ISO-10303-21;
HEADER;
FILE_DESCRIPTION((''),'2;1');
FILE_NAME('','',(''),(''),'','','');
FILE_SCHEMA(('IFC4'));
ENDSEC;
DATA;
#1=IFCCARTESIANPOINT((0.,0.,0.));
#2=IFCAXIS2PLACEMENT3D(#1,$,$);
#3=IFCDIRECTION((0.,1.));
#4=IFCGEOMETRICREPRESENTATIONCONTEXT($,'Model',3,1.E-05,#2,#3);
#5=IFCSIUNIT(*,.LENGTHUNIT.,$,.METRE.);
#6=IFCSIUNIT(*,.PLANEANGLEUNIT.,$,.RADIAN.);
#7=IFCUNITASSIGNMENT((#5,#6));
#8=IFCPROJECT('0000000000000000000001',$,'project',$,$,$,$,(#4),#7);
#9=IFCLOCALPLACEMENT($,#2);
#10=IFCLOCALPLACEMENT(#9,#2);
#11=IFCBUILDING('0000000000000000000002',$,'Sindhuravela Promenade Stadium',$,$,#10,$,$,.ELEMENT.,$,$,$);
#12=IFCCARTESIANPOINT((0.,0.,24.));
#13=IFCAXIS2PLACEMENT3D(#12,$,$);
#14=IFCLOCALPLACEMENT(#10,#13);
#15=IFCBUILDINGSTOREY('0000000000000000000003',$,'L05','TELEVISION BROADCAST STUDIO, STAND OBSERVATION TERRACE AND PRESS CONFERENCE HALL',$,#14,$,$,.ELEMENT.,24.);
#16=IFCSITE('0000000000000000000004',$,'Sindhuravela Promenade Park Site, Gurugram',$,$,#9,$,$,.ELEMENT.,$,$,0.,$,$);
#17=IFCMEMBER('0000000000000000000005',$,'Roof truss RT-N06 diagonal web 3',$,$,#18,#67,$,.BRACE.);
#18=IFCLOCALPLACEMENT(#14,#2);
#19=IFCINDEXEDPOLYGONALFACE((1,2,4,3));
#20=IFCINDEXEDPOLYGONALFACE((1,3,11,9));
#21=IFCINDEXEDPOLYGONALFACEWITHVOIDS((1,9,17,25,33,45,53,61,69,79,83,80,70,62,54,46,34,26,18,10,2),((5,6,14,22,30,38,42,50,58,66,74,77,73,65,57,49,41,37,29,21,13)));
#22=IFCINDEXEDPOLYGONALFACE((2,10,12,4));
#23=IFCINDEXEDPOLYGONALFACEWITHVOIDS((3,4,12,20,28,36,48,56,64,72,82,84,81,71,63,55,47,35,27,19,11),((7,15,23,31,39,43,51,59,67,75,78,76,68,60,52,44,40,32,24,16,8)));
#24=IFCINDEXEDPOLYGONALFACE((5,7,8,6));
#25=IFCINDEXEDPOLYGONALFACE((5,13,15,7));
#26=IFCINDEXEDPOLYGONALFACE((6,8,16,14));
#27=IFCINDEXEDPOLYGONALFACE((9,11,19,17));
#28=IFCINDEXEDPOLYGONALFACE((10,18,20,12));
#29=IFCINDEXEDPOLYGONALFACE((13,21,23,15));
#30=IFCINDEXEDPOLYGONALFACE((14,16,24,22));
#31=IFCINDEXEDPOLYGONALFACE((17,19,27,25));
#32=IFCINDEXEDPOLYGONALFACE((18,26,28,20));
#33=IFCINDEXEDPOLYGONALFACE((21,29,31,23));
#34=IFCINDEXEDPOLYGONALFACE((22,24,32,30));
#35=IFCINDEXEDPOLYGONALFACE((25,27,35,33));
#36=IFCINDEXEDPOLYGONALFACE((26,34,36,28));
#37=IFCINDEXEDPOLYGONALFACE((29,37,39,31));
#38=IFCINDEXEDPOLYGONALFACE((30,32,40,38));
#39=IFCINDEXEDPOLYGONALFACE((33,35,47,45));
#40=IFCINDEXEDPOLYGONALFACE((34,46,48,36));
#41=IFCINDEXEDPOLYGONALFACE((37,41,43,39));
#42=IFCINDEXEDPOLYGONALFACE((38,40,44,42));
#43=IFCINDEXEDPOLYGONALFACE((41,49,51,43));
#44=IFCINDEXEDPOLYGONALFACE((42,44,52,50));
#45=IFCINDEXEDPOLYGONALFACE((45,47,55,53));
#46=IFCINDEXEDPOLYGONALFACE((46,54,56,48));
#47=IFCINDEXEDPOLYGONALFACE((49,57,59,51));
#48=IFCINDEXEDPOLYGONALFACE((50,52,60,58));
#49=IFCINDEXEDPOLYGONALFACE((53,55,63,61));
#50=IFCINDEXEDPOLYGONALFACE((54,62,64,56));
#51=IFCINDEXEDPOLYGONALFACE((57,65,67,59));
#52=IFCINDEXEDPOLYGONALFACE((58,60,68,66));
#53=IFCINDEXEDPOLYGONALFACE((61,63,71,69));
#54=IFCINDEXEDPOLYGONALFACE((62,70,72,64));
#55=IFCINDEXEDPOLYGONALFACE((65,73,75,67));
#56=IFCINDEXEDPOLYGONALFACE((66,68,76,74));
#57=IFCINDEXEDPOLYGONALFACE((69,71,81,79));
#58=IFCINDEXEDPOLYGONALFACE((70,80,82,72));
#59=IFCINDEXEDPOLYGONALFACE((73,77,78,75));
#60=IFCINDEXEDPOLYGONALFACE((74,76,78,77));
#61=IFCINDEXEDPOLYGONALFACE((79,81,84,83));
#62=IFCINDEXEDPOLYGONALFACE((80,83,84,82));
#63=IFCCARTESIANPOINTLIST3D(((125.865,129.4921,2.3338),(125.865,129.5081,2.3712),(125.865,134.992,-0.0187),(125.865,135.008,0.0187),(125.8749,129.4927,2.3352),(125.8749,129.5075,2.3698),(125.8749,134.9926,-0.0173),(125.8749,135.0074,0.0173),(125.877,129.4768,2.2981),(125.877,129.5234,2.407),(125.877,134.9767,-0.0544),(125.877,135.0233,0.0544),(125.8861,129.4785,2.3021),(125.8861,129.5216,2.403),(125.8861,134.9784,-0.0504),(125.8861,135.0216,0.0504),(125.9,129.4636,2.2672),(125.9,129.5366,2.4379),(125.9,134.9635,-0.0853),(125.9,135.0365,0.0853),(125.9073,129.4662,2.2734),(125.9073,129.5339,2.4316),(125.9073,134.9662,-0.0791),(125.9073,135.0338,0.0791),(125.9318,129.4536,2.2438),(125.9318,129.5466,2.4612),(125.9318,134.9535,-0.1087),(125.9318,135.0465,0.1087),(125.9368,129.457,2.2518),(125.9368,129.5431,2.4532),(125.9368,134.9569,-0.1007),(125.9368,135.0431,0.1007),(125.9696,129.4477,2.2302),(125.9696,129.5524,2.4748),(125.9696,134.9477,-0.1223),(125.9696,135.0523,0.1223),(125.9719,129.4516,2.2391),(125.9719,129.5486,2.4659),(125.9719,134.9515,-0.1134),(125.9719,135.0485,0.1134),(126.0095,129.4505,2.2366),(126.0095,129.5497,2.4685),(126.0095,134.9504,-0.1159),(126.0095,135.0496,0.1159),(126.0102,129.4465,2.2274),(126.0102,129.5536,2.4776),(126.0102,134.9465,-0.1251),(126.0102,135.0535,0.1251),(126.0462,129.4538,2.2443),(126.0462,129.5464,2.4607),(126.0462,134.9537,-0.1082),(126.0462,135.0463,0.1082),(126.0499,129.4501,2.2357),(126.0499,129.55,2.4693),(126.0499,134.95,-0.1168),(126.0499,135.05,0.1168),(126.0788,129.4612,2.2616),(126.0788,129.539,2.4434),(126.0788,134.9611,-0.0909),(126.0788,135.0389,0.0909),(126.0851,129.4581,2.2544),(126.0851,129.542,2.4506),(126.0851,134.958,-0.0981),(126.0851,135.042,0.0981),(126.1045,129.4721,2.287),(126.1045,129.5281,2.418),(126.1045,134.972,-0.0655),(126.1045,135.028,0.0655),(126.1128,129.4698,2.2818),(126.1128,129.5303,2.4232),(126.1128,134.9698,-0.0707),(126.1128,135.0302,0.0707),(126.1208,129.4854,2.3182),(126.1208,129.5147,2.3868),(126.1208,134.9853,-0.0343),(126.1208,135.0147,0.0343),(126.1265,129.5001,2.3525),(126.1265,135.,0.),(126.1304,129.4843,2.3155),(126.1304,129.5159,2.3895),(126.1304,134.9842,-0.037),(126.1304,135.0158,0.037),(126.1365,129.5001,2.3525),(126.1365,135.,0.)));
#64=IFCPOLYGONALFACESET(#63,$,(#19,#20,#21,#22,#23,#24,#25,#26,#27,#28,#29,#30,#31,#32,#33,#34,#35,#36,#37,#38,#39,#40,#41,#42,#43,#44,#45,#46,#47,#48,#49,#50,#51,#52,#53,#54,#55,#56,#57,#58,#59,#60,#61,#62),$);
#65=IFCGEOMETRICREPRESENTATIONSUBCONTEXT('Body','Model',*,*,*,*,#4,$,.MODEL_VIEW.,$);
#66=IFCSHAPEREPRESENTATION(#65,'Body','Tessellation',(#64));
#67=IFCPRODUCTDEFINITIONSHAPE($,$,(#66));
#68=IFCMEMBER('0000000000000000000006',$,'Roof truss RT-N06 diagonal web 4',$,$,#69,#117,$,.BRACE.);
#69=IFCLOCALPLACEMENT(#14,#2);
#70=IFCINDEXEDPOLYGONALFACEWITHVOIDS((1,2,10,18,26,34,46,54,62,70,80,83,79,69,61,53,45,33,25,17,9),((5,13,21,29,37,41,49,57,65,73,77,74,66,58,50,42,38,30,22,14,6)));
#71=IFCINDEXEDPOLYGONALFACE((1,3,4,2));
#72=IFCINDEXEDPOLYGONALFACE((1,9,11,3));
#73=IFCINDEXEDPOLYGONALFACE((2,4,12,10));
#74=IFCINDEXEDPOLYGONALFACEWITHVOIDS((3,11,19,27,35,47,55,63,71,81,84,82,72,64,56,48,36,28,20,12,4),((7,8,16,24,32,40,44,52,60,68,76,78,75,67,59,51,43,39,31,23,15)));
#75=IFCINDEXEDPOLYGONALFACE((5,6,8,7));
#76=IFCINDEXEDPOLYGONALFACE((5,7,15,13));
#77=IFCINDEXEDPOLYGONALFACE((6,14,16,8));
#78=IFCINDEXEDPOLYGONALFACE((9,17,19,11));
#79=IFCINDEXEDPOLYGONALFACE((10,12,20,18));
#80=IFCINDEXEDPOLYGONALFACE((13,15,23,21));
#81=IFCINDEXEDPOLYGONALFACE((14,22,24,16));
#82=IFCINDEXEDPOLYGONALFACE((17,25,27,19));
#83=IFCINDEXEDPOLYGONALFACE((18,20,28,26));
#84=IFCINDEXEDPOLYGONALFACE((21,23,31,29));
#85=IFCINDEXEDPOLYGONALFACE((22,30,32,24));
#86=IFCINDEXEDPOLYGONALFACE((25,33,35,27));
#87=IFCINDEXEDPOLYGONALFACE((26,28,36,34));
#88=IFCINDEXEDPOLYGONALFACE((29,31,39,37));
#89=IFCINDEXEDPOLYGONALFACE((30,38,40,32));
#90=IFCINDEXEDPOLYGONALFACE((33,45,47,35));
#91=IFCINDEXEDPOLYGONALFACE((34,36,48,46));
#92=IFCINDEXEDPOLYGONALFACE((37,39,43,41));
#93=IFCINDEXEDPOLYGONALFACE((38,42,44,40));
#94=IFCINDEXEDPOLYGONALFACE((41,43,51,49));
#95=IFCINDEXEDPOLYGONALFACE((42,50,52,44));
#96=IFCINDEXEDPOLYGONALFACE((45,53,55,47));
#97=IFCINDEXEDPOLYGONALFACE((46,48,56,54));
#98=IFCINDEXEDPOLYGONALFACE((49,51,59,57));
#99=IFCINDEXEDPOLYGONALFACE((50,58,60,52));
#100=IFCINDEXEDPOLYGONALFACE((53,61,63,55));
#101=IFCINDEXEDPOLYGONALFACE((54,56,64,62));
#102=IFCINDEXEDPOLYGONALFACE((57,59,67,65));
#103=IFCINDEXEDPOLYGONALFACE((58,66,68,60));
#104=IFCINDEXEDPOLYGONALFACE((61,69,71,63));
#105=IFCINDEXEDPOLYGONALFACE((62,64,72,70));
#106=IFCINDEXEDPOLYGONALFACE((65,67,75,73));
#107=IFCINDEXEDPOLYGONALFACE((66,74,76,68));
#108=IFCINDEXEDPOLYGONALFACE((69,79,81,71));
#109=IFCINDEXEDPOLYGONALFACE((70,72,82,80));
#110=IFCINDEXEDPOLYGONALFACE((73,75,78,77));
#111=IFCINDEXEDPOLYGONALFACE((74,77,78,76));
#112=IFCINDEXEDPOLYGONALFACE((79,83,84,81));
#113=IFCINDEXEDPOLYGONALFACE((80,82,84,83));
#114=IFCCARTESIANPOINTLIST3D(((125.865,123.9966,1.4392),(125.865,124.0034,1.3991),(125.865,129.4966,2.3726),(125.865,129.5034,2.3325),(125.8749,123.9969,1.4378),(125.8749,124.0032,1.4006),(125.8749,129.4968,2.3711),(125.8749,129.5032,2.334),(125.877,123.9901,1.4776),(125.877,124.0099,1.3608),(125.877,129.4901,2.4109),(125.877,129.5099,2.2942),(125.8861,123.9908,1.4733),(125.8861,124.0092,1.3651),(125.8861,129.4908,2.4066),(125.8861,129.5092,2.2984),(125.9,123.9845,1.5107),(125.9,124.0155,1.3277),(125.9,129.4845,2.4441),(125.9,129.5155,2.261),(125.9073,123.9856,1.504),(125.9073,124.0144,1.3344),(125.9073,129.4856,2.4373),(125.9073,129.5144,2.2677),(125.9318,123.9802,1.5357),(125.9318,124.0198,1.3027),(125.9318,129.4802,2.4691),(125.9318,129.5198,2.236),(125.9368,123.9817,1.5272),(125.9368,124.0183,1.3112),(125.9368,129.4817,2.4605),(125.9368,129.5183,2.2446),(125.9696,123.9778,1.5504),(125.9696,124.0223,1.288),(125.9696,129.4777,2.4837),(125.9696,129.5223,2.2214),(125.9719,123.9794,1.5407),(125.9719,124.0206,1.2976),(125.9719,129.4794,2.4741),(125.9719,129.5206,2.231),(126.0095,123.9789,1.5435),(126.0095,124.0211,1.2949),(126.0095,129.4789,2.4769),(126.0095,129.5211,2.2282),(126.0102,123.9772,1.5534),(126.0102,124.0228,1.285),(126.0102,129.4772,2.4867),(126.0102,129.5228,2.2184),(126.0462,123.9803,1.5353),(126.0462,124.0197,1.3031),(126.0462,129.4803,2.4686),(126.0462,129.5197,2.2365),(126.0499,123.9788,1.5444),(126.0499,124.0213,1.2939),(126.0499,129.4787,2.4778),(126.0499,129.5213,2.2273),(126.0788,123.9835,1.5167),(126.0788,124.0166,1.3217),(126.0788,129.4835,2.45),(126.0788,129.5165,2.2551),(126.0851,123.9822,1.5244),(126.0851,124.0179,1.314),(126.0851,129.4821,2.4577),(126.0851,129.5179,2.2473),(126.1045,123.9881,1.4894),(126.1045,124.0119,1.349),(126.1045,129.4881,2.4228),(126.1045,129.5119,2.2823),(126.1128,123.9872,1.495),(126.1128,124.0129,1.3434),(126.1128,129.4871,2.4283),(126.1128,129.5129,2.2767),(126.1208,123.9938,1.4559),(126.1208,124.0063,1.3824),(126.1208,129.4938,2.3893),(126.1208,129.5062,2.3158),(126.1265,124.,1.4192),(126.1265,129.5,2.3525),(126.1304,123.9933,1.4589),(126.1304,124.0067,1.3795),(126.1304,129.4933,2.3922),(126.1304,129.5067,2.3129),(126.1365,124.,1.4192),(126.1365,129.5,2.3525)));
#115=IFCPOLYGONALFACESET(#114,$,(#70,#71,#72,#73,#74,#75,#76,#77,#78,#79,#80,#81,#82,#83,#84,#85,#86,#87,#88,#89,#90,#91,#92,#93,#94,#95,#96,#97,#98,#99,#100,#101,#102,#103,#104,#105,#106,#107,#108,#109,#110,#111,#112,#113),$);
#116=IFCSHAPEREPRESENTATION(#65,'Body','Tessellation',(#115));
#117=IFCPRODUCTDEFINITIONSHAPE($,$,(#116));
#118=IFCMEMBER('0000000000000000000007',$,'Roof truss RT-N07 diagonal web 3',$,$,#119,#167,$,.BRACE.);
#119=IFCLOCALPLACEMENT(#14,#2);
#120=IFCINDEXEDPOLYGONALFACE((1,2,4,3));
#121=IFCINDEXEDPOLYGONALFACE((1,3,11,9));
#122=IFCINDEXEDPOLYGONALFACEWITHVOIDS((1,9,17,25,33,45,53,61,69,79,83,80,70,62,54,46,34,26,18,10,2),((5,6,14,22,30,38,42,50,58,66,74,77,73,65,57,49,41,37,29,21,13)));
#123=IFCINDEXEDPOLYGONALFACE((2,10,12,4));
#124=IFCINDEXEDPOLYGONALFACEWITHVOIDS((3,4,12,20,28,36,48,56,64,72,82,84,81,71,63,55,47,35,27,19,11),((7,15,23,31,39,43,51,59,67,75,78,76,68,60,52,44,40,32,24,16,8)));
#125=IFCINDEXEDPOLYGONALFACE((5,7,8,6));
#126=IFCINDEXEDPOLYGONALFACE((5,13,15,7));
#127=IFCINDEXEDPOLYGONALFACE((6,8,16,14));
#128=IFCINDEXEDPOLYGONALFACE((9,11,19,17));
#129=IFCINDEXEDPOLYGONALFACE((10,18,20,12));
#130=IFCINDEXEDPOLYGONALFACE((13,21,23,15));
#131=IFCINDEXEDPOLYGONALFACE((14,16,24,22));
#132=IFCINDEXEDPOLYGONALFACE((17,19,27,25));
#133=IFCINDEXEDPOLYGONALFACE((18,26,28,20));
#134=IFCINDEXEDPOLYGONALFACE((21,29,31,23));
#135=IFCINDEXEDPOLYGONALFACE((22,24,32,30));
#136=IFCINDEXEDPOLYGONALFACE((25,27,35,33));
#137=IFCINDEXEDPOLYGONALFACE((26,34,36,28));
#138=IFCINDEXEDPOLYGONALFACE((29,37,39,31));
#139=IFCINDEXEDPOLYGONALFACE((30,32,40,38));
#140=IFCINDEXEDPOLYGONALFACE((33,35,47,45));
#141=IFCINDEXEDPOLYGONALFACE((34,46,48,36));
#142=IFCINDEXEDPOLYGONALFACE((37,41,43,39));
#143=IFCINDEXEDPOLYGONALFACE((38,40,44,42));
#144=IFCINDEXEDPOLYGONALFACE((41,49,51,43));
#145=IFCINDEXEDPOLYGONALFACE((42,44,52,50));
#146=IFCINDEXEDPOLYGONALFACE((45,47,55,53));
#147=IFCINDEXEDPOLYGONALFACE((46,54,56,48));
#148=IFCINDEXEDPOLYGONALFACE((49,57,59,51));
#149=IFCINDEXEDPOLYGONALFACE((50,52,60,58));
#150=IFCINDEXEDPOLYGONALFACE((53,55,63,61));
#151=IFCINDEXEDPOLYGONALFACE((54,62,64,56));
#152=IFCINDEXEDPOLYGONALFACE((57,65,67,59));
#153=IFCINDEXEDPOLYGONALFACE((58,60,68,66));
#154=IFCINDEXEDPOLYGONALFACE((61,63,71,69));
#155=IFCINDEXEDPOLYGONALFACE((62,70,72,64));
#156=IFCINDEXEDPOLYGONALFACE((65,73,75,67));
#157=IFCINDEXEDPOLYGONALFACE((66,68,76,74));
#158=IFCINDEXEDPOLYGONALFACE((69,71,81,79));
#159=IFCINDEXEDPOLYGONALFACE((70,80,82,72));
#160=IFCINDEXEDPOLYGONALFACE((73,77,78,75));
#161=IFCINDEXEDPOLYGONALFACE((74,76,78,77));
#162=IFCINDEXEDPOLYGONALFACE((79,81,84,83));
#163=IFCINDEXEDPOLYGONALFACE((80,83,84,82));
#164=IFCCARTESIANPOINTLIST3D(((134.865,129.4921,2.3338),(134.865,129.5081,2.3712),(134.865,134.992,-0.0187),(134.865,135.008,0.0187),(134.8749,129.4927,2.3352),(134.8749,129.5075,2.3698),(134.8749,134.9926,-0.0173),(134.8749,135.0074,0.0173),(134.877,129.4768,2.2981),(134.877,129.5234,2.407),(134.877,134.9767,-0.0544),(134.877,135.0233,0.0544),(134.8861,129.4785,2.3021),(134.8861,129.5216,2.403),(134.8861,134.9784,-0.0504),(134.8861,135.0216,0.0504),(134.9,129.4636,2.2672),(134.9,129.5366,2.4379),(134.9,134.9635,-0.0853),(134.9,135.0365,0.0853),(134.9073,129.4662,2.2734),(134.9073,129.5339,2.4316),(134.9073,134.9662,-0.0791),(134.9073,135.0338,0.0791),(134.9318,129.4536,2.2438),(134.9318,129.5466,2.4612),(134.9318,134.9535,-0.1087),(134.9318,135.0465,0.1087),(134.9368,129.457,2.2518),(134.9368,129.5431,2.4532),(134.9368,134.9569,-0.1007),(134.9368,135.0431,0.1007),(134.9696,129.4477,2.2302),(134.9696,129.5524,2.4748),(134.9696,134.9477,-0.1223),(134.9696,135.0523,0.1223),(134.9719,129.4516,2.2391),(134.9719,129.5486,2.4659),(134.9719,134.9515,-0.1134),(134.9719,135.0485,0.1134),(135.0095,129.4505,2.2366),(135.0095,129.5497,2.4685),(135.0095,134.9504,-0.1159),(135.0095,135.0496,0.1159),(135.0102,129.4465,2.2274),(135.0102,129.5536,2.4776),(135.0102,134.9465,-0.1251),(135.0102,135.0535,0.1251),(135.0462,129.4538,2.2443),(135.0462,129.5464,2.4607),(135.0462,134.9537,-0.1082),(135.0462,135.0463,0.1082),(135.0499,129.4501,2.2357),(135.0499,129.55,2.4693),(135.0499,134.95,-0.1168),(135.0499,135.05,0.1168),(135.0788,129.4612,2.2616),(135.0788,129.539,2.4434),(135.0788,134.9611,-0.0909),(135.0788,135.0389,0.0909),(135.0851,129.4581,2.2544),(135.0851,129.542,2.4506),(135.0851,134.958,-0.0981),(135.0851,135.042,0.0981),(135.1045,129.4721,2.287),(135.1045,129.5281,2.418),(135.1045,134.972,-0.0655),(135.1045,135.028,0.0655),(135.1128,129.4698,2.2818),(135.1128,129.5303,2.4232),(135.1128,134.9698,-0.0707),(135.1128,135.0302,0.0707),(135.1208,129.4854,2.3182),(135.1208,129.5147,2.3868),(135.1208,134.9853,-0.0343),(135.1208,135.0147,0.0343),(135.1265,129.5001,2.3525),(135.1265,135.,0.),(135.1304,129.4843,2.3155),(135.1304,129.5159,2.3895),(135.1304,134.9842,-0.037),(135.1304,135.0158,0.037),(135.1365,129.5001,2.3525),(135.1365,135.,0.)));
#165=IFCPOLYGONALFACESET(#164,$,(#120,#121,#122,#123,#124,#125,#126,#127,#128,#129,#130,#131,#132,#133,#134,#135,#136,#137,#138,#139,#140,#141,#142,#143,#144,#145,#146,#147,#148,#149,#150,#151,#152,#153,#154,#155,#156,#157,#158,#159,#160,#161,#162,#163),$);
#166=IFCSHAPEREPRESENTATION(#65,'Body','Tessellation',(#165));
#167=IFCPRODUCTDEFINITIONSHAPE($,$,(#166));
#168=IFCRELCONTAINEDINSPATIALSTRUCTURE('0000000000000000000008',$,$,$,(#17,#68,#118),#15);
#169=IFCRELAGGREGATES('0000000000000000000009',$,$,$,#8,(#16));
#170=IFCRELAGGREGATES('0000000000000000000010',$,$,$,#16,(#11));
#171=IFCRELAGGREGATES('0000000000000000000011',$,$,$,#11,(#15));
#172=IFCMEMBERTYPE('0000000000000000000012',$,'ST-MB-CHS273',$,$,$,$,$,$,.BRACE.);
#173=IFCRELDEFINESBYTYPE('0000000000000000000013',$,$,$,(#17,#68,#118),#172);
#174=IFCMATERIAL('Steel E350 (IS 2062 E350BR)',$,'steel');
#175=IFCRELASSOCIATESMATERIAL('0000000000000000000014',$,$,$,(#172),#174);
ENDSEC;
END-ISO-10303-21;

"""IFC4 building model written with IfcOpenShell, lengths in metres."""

from ifc_helpers import new_model, si_unit, direction, frame, origin, origin_2d, place, context, subcontext, project, spatial, hollow_circle, extrude, material, material_profile, profile_set, type_object, element, save


model = new_model("IFC4")

# Units and contexts
model_context = context("Model", 3, precision=1e-05, world=origin(), true_north=direction((0.0, 1.0)))
body_context = subcontext(model_context, "Body", "Model", "MODEL_VIEW")
ifc_project = project(units=[si_unit("LENGTHUNIT", "METRE"), si_unit("PLANEANGLEUNIT", "RADIAN")], contexts=[model_context])

# Site, building, storey
site_placement = place(None, origin())
site = spatial("IfcSite", under=ifc_project, at=site_placement, Name="Sindhuravela Promenade Park Site, Gurugram", CompositionType="ELEMENT", RefElevation=0.0)
building_placement = place(site_placement, origin())
building = spatial("IfcBuilding", under=site, at=building_placement, Name="Sindhuravela Promenade Stadium", CompositionType="ELEMENT")
storey_placement = place(building_placement, frame((0.0, 0.0, 24.0)))
storey = spatial("IfcBuildingStorey", under=building, at=storey_placement, Name="L05", Description="TELEVISION BROADCAST STUDIO, STAND OBSERVATION TERRACE AND PRESS CONFERENCE HALL", CompositionType="ELEMENT", Elevation=24.0)

# Shared definitions
ifc_material_1 = material(Name="Steel E350 (IS 2062 E350BR)", Category="steel")

# Members
ifc_material_profile_1 = material_profile(ifc_material_1, hollow_circle(Radius=0.1365, WallThickness=0.01, at=origin_2d()), Name="CHS 273.0x10")
ifc_profile_set_1 = profile_set([ifc_material_profile_1], Name="Steel E350 (IS 2062 E350BR)")
member_type_1 = type_object("IfcMemberType", Name="ST-MB-CHS273", PredefinedType="BRACE", material=ifc_profile_set_1)
member_1_placement = place(storey_placement, frame((126.0, 135.0, 0.0), z_axis=(0.0, -0.919423, 0.393269), x_axis=(1.0, 0.0, 0.0)))
element("IfcMember", 1, at=member_1_placement, inside=storey, type_object=member_type_1, Name="Roof truss RT-N06 diagonal web 3", PredefinedType="BRACE", context=body_context, shape_type="SweptSolid", body=[
    extrude(hollow_circle(Radius=0.1365, WallThickness=0.01, at=origin_2d()), origin(), (0.0, 0.0, 1.0), 5.9819),
])
member_2_placement = place(storey_placement, frame((126.0, 129.5, 2.3525), z_axis=(0.0, -0.985905, -0.167308), x_axis=(1.0, 0.0, 0.0)))
element("IfcMember", 2, at=member_2_placement, inside=storey, type_object=member_type_1, Name="Roof truss RT-N06 diagonal web 4", PredefinedType="BRACE", context=body_context, shape_type="SweptSolid", body=[
    extrude(hollow_circle(Radius=0.1365, WallThickness=0.01, at=origin_2d()), origin(), (0.0, 0.0, 1.0), 5.5786),
])
member_3_placement = place(storey_placement, frame((135.0, 135.0, 0.0), z_axis=(0.0, -0.919423, 0.393269), x_axis=(1.0, 0.0, 0.0)))
element("IfcMember", 3, at=member_3_placement, inside=storey, type_object=member_type_1, Name="Roof truss RT-N07 diagonal web 3", PredefinedType="BRACE", context=body_context, shape_type="SweptSolid", body=[
    extrude(hollow_circle(Radius=0.1365, WallThickness=0.01, at=origin_2d()), origin(), (0.0, 0.0, 1.0), 5.9819),
])

save(model, "model.ifc")
